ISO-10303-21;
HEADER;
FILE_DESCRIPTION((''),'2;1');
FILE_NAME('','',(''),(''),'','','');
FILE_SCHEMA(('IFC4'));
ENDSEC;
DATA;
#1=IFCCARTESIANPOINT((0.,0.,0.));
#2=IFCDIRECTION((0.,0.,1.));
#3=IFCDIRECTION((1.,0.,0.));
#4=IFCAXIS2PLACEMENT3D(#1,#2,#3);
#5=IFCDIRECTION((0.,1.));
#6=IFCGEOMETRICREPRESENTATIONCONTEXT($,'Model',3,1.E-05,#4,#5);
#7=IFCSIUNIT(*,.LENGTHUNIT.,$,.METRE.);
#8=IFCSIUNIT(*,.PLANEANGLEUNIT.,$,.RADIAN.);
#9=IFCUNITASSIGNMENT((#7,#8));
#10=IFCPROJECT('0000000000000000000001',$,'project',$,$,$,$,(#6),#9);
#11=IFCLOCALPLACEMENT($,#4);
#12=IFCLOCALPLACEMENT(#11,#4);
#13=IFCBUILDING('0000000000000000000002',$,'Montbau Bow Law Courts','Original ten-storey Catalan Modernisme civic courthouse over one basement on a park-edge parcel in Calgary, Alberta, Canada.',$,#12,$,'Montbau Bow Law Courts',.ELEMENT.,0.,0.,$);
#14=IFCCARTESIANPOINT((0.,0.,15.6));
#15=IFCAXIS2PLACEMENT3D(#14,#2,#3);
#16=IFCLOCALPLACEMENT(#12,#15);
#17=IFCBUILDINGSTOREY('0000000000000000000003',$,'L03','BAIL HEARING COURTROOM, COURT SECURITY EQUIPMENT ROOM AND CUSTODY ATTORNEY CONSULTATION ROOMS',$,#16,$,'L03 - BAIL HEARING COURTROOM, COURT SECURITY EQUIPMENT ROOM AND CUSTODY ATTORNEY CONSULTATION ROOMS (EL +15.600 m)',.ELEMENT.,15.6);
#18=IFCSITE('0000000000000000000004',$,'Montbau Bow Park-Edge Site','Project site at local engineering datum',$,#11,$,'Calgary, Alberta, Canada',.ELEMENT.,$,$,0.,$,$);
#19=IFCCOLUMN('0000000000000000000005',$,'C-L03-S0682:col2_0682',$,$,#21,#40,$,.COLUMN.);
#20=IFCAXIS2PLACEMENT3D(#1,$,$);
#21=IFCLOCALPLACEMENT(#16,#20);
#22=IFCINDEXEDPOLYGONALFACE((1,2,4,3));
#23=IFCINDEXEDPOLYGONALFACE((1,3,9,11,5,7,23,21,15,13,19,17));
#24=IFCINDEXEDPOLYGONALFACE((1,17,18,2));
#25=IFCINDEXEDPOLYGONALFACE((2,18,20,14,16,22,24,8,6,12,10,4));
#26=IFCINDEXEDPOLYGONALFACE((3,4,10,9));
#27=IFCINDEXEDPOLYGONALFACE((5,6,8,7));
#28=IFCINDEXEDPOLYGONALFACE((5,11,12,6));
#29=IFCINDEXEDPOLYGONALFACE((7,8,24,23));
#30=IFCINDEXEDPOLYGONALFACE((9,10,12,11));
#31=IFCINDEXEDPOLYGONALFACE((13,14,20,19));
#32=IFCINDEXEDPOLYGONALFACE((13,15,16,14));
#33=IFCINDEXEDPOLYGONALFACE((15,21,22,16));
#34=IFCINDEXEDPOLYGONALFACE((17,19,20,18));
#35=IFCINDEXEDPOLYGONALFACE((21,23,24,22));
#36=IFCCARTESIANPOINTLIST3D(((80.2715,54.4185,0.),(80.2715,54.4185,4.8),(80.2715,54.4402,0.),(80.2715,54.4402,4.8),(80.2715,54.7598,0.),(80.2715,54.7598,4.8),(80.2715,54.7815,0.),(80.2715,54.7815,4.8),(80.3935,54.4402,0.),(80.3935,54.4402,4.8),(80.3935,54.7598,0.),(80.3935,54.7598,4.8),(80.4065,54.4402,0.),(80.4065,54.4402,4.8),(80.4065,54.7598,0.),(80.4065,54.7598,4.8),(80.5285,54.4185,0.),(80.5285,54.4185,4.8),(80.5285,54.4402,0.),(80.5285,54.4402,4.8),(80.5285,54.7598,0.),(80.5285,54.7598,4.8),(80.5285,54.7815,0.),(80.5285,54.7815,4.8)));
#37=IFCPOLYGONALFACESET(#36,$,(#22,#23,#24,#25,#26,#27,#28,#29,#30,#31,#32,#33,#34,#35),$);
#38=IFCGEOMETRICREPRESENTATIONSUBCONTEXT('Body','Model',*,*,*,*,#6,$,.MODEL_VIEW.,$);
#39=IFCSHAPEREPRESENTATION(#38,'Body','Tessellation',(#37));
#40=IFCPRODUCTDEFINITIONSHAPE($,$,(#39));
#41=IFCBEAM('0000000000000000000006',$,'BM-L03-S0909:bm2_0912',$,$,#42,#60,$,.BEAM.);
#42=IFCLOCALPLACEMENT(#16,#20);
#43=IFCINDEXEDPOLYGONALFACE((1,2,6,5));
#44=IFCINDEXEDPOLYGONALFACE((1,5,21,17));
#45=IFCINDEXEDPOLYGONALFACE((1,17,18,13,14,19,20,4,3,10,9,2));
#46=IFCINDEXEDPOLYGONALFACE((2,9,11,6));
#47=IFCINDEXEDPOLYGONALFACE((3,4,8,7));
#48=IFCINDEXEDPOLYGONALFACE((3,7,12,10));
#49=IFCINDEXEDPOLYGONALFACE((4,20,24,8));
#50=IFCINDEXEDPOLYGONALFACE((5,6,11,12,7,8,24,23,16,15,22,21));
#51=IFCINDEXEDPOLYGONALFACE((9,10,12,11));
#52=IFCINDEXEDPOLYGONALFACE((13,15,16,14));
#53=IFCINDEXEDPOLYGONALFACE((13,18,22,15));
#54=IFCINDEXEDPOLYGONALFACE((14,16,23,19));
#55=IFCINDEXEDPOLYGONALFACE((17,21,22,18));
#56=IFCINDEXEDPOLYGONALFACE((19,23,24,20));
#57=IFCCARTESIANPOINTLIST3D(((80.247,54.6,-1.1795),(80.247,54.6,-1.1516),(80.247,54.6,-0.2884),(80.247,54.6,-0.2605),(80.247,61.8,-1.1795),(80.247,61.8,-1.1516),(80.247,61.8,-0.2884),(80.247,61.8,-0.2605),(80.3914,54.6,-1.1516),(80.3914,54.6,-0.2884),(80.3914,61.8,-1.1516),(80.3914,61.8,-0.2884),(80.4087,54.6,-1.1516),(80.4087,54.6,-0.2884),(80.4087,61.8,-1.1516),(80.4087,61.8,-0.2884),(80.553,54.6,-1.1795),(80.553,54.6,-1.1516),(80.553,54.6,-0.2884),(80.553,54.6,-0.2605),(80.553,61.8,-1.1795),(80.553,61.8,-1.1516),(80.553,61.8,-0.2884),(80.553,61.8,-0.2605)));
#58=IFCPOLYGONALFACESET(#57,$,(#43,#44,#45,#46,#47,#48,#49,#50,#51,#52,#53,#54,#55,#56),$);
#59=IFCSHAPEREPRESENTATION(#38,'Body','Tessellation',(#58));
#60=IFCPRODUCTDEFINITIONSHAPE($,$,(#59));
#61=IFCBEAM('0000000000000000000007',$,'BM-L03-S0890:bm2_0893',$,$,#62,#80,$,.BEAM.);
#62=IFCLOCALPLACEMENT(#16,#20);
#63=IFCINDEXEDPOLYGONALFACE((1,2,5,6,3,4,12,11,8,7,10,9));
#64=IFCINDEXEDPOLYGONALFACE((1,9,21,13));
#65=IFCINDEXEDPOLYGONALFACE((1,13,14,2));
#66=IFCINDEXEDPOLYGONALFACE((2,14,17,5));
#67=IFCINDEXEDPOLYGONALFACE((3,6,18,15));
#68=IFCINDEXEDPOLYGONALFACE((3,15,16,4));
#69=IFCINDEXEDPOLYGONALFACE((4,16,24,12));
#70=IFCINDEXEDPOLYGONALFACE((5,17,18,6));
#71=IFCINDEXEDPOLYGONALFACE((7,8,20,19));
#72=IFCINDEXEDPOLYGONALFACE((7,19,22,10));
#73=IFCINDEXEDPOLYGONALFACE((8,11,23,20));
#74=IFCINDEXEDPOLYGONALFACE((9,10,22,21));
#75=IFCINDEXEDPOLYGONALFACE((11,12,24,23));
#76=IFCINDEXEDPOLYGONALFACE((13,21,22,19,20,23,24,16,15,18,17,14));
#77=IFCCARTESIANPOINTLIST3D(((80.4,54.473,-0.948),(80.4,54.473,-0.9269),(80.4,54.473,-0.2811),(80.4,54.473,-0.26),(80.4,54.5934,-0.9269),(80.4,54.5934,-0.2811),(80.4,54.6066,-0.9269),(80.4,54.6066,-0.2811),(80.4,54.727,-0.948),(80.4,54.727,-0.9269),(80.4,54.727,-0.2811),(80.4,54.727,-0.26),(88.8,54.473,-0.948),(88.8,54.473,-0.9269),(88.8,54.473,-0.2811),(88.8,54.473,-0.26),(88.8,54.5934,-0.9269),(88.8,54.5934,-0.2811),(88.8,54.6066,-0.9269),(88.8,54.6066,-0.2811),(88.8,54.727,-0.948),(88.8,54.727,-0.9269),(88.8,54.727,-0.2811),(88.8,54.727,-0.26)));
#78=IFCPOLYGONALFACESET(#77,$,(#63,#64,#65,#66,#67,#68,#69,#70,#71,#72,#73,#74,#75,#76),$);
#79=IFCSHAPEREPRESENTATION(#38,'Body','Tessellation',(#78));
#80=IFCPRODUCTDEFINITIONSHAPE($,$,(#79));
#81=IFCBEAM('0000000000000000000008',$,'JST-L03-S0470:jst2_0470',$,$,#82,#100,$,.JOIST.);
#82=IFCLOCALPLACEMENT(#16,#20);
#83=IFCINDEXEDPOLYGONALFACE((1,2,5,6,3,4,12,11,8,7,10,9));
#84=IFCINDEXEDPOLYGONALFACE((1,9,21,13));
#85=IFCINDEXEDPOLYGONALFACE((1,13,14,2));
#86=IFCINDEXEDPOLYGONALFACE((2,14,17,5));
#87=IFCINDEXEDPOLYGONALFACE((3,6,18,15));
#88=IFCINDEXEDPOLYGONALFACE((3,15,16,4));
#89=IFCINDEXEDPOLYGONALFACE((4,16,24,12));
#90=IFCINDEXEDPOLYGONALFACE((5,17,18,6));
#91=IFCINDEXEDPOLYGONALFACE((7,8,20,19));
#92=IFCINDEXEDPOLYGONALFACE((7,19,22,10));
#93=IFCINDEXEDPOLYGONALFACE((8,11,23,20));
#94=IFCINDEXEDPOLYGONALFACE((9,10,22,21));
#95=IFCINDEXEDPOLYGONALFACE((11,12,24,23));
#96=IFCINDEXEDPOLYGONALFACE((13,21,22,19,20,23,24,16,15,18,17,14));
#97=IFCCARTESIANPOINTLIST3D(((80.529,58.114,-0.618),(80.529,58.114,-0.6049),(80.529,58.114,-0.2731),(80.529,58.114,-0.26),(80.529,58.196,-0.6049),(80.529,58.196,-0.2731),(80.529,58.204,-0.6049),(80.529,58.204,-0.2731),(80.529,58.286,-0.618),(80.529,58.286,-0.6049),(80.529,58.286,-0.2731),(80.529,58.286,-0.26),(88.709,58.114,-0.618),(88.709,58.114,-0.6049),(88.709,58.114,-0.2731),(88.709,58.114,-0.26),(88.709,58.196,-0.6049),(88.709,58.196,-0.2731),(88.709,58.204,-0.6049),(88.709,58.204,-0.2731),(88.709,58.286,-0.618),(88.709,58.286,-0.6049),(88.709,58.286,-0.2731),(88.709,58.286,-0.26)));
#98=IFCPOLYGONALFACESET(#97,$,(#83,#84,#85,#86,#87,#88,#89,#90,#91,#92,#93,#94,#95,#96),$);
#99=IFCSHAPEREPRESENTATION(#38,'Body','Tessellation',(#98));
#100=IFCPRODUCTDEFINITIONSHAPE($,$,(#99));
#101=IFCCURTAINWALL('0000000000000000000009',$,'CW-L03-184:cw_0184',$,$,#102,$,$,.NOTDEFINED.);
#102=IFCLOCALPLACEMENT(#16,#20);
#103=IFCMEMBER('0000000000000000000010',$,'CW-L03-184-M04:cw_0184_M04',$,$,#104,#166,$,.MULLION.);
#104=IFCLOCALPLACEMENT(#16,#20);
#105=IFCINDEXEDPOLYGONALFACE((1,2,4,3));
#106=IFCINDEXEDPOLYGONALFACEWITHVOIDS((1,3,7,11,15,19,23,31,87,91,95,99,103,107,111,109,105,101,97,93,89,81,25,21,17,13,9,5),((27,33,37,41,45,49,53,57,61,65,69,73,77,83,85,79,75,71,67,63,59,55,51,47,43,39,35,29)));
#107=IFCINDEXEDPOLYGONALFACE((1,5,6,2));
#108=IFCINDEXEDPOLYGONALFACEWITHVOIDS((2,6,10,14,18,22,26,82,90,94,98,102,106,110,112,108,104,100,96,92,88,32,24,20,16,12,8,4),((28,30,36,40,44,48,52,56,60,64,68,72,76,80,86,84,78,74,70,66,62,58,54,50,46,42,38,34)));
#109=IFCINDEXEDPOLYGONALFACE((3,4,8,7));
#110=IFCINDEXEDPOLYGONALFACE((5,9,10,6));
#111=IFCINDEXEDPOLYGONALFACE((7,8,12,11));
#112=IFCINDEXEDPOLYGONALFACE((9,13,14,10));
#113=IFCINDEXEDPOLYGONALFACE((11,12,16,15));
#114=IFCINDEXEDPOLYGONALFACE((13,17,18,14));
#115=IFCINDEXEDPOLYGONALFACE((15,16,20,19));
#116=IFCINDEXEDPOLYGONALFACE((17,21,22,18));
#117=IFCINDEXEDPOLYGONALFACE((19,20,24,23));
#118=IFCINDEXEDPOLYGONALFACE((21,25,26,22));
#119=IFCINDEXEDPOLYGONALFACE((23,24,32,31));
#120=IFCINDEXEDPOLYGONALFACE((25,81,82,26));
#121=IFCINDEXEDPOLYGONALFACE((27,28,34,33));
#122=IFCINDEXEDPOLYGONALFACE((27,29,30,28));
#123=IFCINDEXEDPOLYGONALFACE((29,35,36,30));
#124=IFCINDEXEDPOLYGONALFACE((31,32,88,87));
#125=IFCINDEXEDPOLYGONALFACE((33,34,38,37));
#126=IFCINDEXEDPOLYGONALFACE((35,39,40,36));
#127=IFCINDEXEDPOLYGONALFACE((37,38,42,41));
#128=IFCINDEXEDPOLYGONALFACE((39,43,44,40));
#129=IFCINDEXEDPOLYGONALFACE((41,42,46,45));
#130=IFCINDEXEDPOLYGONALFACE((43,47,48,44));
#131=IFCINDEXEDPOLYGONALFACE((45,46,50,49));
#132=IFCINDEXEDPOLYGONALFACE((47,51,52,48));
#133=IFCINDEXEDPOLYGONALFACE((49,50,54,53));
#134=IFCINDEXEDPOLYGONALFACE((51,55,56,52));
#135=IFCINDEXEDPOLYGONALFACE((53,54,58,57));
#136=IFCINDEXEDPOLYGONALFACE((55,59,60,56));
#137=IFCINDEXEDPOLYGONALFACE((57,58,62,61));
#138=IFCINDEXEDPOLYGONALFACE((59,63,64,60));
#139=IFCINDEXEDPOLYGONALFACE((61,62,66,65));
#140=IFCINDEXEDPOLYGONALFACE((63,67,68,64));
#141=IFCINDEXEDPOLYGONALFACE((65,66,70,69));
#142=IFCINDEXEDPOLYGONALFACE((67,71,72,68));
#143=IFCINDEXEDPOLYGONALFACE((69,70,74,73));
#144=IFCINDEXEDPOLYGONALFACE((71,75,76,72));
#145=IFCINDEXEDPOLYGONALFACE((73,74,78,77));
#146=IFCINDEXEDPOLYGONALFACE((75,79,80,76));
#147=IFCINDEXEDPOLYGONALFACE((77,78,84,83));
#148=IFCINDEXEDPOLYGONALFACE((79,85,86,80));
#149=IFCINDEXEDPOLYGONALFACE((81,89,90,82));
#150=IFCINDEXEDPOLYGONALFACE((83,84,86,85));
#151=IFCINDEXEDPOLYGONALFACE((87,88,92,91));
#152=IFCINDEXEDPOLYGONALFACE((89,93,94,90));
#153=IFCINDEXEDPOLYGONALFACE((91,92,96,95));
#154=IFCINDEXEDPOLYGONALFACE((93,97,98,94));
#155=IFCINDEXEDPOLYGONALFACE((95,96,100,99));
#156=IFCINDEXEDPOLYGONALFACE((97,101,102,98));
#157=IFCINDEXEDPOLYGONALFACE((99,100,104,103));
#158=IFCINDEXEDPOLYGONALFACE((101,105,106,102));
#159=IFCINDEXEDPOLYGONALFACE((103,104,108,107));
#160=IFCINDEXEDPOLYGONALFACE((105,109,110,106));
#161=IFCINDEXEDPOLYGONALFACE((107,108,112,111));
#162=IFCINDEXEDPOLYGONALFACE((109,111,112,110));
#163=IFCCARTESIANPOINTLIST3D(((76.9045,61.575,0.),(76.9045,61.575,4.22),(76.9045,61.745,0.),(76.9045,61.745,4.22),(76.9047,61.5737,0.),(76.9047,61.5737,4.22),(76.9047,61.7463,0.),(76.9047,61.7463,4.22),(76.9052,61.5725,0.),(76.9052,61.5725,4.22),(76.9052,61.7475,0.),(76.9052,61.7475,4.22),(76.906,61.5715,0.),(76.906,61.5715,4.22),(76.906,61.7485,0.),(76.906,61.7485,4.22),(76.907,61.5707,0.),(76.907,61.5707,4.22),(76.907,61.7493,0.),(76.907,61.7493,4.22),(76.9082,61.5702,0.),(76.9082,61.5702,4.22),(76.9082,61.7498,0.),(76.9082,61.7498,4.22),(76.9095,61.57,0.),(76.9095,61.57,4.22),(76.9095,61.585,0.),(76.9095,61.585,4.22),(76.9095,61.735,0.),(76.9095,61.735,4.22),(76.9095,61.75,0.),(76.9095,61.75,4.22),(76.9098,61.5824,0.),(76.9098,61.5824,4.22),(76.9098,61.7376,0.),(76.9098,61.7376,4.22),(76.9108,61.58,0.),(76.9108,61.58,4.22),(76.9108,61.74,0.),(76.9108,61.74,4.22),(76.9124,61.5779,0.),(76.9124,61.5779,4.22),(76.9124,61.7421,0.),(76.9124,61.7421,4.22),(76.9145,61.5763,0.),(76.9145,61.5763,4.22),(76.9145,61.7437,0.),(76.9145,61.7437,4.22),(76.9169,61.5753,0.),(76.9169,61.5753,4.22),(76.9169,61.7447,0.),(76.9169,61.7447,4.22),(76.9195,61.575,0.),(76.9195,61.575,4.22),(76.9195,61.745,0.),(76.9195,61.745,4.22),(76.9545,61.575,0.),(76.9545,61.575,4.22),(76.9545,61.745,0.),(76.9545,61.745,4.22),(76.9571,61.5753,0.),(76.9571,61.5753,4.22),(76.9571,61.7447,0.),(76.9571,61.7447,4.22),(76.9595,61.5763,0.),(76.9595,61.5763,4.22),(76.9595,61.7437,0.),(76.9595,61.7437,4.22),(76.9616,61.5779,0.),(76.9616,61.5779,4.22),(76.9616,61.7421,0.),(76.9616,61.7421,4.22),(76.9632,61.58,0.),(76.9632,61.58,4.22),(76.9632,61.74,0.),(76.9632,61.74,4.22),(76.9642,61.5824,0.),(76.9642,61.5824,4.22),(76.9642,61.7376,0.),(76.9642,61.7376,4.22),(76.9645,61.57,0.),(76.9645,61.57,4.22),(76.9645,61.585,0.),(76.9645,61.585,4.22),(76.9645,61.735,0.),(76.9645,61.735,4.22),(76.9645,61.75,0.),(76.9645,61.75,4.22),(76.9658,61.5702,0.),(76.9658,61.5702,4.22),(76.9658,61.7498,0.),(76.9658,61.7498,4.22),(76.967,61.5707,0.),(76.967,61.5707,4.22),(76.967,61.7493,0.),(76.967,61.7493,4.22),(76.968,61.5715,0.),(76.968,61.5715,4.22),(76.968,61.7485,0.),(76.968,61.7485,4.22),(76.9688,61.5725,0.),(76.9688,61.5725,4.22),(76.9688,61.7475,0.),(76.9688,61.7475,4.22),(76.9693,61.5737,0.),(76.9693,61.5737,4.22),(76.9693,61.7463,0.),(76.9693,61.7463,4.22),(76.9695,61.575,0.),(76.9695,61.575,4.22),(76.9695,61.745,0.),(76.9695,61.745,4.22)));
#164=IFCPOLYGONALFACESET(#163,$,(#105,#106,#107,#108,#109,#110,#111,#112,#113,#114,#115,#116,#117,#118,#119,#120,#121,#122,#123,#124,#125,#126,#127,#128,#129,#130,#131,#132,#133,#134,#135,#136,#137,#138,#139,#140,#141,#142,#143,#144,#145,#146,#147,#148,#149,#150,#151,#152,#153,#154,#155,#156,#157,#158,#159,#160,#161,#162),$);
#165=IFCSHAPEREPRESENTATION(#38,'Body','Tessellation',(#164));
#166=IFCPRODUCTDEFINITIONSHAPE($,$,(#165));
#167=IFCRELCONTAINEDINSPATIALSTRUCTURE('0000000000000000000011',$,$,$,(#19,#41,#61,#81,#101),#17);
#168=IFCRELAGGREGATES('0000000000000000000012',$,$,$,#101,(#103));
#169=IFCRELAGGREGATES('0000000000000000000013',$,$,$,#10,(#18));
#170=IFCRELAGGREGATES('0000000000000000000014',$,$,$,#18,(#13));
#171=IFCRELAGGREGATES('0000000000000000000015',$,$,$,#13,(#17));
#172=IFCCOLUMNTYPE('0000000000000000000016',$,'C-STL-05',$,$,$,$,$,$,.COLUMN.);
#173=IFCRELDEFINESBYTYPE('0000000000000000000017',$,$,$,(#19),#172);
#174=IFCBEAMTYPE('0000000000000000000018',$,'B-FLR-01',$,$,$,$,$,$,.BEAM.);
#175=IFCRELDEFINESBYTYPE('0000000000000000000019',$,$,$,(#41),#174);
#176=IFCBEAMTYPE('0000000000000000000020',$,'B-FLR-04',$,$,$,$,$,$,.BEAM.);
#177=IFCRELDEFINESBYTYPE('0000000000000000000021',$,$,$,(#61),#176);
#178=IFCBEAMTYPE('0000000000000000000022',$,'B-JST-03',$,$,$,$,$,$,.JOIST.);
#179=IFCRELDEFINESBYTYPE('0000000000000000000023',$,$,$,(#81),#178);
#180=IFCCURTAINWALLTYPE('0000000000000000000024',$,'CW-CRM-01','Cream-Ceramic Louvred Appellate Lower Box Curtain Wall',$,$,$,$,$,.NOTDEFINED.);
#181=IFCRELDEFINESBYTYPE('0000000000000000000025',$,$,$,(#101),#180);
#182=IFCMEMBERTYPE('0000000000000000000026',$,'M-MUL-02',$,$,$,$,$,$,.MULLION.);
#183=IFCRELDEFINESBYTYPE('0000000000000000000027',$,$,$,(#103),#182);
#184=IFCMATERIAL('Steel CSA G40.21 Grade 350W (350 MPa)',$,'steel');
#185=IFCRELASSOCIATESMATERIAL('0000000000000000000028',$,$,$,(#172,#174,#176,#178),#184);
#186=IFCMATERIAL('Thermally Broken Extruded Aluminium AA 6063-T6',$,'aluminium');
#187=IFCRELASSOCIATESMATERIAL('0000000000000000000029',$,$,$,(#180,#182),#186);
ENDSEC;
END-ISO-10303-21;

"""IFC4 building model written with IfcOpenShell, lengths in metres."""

from ifc_helpers import new_model, si_unit, direction, frame, origin_with_axes, origin_2d_with_axis, place, context, subcontext, project, spatial, hollow_rectangle, i_section, extrude, material, material_profile, profile_set, type_object, element, aggregate, save


model = new_model("IFC4")

# Units and contexts
model_context = context("Model", 3, precision=1e-05, world=origin_with_axes(), true_north=direction((0.0, 1.0)))
body_context = subcontext(model_context, "Body", "Model", "MODEL_VIEW")
ifc_project = project(units=[si_unit("LENGTHUNIT", "METRE"), si_unit("PLANEANGLEUNIT", "RADIAN")], contexts=[model_context])

# Site, building, storey
site_placement = place(None, origin_with_axes())
site = spatial("IfcSite", under=ifc_project, at=site_placement, Name="Montbau Bow Park-Edge Site", Description="Project site at local engineering datum", LongName="Calgary, Alberta, Canada", CompositionType="ELEMENT", RefElevation=0.0)
building_placement = place(site_placement, origin_with_axes())
building = spatial("IfcBuilding", under=site, at=building_placement, Name="Montbau Bow Law Courts", Description="Original ten-storey Catalan Modernisme civic courthouse over one basement on a park-edge parcel in Calgary, Alberta, Canada.", LongName="Montbau Bow Law Courts", CompositionType="ELEMENT", ElevationOfRefHeight=0.0, ElevationOfTerrain=0.0)
storey_placement = place(building_placement, frame((0.0, 0.0, 15.6), z_axis=(0.0, 0.0, 1.0), x_axis=(1.0, 0.0, 0.0)))
storey = spatial("IfcBuildingStorey", under=building, at=storey_placement, Name="L03", Description="BAIL HEARING COURTROOM, COURT SECURITY EQUIPMENT ROOM AND CUSTODY ATTORNEY CONSULTATION ROOMS", LongName="L03 - BAIL HEARING COURTROOM, COURT SECURITY EQUIPMENT ROOM AND CUSTODY ATTORNEY CONSULTATION ROOMS (EL +15.600 m)", CompositionType="ELEMENT", Elevation=15.6)

# Column
ifc_material_1 = material(Name="Steel CSA G40.21 Grade 350W (350 MPa)", Category="steel")
ifc_material_profile_1 = material_profile(ifc_material_1, i_section(OverallWidth=0.257, OverallDepth=0.363, WebThickness=0.013, FlangeThickness=0.0217, at=origin_2d_with_axis()), Name="W360X122", Category="Main", Priority=0)
ifc_profile_set_1 = profile_set([ifc_material_profile_1], Name="Steel CSA G40.21 Grade 350W (350 MPa)")
column_type = type_object("IfcColumnType", Name="C-STL-05", PredefinedType="COLUMN", material=ifc_profile_set_1)
column_placement = place(None, frame((80.4, 54.6, 15.6), z_axis=(0.0, 0.0, 1.0), x_axis=(1.0, 0.0, 0.0)))
element("IfcColumn", 1, at=column_placement, inside=storey, type_object=column_type, Name="C-L03-S0682:col2_0682", PredefinedType="COLUMN", context=body_context, shape_type="SweptSolid", body=[
    extrude(i_section(OverallWidth=0.257, OverallDepth=0.363, WebThickness=0.013, FlangeThickness=0.0217, at=origin_2d_with_axis()), origin_with_axes(), (0.0, 0.0, 1.0), 4.8),
])

# Beams
ifc_material_profile_2 = material_profile(ifc_material_1, i_section(OverallWidth=0.306, OverallDepth=0.919, WebThickness=0.0173, FlangeThickness=0.0279, at=origin_2d_with_axis()), Name="W920X253", Category="Main", Priority=0)
ifc_profile_set_2 = profile_set([ifc_material_profile_2], Name="Steel CSA G40.21 Grade 350W (350 MPa)")
beam_type_1 = type_object("IfcBeamType", Name="B-FLR-01", PredefinedType="BEAM", material=ifc_profile_set_2)
beam_1_placement = place(None, frame((80.4, 54.6, 14.88), z_axis=(0.0, 1.0, 0.0), x_axis=(-1.0, 0.0, 0.0)))
element("IfcBeam", 2, at=beam_1_placement, inside=storey, type_object=beam_type_1, Name="BM-L03-S0909:bm2_0912", PredefinedType="BEAM", context=body_context, shape_type="SweptSolid", body=[
    extrude(i_section(OverallWidth=0.306, OverallDepth=0.919, WebThickness=0.0173, FlangeThickness=0.0279, at=origin_2d_with_axis()), origin_with_axes(), (0.0, 0.0, 1.0), 7.2),
])
ifc_material_profile_3 = material_profile(ifc_material_1, i_section(OverallWidth=0.254, OverallDepth=0.688, WebThickness=0.0131, FlangeThickness=0.0211, at=origin_2d_with_axis()), Name="W690X152", Category="Main", Priority=0)
ifc_profile_set_3 = profile_set([ifc_material_profile_3], Name="Steel CSA G40.21 Grade 350W (350 MPa)")
beam_type_2 = type_object("IfcBeamType", Name="B-FLR-04", PredefinedType="BEAM", material=ifc_profile_set_3)
beam_2_placement = place(None, frame((80.4, 54.6, 14.996), z_axis=(1.0, 0.0, 0.0), x_axis=(0.0, 1.0, 0.0)))
element("IfcBeam", 3, at=beam_2_placement, inside=storey, type_object=beam_type_2, Name="BM-L03-S0890:bm2_0893", PredefinedType="BEAM", context=body_context, shape_type="SweptSolid", body=[
    extrude(i_section(OverallWidth=0.254, OverallDepth=0.688, WebThickness=0.0131, FlangeThickness=0.0211, at=origin_2d_with_axis()), origin_with_axes(), (0.0, 0.0, 1.0), 8.4),
])
ifc_material_profile_4 = material_profile(ifc_material_1, i_section(OverallWidth=0.172, OverallDepth=0.358, WebThickness=0.0079, FlangeThickness=0.0131, at=origin_2d_with_axis()), Name="W360X57", Category="Main", Priority=0)
ifc_profile_set_4 = profile_set([ifc_material_profile_4], Name="Steel CSA G40.21 Grade 350W (350 MPa)")
beam_type_3 = type_object("IfcBeamType", Name="B-JST-03", PredefinedType="JOIST", material=ifc_profile_set_4)
beam_3_placement = place(None, frame((80.529, 58.2, 15.161), z_axis=(1.0, 0.0, 0.0), x_axis=(0.0, 1.0, 0.0)))
element("IfcBeam", 4, at=beam_3_placement, inside=storey, type_object=beam_type_3, Name="JST-L03-S0470:jst2_0470", PredefinedType="JOIST", context=body_context, shape_type="SweptSolid", body=[
    extrude(i_section(OverallWidth=0.172, OverallDepth=0.358, WebThickness=0.0079, FlangeThickness=0.0131, at=origin_2d_with_axis()), origin_with_axes(), (0.0, 0.0, 1.0), 8.18),
])

# Curtain wall, member
ifc_material_2 = material(Name="Thermally Broken Extruded Aluminium AA 6063-T6", Category="aluminium")
curtain_wall_type = type_object("IfcCurtainWallType", Name="CW-CRM-01", Description="Cream-Ceramic Louvred Appellate Lower Box Curtain Wall", PredefinedType="NOTDEFINED", material=ifc_material_2)
curtain_wall_1_placement = place(None, frame((72.515, 61.66, 15.6), z_axis=(0.0, 0.0, 1.0), x_axis=(1.0, 0.0, 0.0)))
curtain_wall_1 = element("IfcCurtainWall", 5, at=curtain_wall_1_placement, inside=storey, type_object=curtain_wall_type, Name="CW-L03-184:cw_0184", PredefinedType="NOTDEFINED")
ifc_material_profile_5 = material_profile(ifc_material_2, hollow_rectangle(XDim=0.065, YDim=0.18, WallThickness=0.005, InnerFilletRadius=0.01, OuterFilletRadius=0.005, at=origin_2d_with_axis()), Name="CWM-180X65", Category="Main", Priority=0)
ifc_profile_set_5 = profile_set([ifc_material_profile_5], Name="Thermally Broken Extruded Aluminium AA 6063-T6")
member_type_1 = type_object("IfcMemberType", Name="M-MUL-02", PredefinedType="MULLION", material=ifc_profile_set_5)
member_1_placement = place(None, frame((76.937, 61.66, 15.6), z_axis=(0.0, 0.0, 1.0), x_axis=(1.0, 0.0, 0.0)))
member_1 = element("IfcMember", 6, at=member_1_placement, type_object=member_type_1, Name="CW-L03-184-M04:cw_0184_M04", PredefinedType="MULLION", context=body_context, shape_type="SweptSolid", body=[
    extrude(hollow_rectangle(XDim=0.065, YDim=0.18, WallThickness=0.005, InnerFilletRadius=0.01, OuterFilletRadius=0.005, at=origin_2d_with_axis()), origin_with_axes(), (0.0, 0.0, 1.0), 4.22),
])

aggregate(curtain_wall_1, [member_1])

save(model, "model.ifc")
